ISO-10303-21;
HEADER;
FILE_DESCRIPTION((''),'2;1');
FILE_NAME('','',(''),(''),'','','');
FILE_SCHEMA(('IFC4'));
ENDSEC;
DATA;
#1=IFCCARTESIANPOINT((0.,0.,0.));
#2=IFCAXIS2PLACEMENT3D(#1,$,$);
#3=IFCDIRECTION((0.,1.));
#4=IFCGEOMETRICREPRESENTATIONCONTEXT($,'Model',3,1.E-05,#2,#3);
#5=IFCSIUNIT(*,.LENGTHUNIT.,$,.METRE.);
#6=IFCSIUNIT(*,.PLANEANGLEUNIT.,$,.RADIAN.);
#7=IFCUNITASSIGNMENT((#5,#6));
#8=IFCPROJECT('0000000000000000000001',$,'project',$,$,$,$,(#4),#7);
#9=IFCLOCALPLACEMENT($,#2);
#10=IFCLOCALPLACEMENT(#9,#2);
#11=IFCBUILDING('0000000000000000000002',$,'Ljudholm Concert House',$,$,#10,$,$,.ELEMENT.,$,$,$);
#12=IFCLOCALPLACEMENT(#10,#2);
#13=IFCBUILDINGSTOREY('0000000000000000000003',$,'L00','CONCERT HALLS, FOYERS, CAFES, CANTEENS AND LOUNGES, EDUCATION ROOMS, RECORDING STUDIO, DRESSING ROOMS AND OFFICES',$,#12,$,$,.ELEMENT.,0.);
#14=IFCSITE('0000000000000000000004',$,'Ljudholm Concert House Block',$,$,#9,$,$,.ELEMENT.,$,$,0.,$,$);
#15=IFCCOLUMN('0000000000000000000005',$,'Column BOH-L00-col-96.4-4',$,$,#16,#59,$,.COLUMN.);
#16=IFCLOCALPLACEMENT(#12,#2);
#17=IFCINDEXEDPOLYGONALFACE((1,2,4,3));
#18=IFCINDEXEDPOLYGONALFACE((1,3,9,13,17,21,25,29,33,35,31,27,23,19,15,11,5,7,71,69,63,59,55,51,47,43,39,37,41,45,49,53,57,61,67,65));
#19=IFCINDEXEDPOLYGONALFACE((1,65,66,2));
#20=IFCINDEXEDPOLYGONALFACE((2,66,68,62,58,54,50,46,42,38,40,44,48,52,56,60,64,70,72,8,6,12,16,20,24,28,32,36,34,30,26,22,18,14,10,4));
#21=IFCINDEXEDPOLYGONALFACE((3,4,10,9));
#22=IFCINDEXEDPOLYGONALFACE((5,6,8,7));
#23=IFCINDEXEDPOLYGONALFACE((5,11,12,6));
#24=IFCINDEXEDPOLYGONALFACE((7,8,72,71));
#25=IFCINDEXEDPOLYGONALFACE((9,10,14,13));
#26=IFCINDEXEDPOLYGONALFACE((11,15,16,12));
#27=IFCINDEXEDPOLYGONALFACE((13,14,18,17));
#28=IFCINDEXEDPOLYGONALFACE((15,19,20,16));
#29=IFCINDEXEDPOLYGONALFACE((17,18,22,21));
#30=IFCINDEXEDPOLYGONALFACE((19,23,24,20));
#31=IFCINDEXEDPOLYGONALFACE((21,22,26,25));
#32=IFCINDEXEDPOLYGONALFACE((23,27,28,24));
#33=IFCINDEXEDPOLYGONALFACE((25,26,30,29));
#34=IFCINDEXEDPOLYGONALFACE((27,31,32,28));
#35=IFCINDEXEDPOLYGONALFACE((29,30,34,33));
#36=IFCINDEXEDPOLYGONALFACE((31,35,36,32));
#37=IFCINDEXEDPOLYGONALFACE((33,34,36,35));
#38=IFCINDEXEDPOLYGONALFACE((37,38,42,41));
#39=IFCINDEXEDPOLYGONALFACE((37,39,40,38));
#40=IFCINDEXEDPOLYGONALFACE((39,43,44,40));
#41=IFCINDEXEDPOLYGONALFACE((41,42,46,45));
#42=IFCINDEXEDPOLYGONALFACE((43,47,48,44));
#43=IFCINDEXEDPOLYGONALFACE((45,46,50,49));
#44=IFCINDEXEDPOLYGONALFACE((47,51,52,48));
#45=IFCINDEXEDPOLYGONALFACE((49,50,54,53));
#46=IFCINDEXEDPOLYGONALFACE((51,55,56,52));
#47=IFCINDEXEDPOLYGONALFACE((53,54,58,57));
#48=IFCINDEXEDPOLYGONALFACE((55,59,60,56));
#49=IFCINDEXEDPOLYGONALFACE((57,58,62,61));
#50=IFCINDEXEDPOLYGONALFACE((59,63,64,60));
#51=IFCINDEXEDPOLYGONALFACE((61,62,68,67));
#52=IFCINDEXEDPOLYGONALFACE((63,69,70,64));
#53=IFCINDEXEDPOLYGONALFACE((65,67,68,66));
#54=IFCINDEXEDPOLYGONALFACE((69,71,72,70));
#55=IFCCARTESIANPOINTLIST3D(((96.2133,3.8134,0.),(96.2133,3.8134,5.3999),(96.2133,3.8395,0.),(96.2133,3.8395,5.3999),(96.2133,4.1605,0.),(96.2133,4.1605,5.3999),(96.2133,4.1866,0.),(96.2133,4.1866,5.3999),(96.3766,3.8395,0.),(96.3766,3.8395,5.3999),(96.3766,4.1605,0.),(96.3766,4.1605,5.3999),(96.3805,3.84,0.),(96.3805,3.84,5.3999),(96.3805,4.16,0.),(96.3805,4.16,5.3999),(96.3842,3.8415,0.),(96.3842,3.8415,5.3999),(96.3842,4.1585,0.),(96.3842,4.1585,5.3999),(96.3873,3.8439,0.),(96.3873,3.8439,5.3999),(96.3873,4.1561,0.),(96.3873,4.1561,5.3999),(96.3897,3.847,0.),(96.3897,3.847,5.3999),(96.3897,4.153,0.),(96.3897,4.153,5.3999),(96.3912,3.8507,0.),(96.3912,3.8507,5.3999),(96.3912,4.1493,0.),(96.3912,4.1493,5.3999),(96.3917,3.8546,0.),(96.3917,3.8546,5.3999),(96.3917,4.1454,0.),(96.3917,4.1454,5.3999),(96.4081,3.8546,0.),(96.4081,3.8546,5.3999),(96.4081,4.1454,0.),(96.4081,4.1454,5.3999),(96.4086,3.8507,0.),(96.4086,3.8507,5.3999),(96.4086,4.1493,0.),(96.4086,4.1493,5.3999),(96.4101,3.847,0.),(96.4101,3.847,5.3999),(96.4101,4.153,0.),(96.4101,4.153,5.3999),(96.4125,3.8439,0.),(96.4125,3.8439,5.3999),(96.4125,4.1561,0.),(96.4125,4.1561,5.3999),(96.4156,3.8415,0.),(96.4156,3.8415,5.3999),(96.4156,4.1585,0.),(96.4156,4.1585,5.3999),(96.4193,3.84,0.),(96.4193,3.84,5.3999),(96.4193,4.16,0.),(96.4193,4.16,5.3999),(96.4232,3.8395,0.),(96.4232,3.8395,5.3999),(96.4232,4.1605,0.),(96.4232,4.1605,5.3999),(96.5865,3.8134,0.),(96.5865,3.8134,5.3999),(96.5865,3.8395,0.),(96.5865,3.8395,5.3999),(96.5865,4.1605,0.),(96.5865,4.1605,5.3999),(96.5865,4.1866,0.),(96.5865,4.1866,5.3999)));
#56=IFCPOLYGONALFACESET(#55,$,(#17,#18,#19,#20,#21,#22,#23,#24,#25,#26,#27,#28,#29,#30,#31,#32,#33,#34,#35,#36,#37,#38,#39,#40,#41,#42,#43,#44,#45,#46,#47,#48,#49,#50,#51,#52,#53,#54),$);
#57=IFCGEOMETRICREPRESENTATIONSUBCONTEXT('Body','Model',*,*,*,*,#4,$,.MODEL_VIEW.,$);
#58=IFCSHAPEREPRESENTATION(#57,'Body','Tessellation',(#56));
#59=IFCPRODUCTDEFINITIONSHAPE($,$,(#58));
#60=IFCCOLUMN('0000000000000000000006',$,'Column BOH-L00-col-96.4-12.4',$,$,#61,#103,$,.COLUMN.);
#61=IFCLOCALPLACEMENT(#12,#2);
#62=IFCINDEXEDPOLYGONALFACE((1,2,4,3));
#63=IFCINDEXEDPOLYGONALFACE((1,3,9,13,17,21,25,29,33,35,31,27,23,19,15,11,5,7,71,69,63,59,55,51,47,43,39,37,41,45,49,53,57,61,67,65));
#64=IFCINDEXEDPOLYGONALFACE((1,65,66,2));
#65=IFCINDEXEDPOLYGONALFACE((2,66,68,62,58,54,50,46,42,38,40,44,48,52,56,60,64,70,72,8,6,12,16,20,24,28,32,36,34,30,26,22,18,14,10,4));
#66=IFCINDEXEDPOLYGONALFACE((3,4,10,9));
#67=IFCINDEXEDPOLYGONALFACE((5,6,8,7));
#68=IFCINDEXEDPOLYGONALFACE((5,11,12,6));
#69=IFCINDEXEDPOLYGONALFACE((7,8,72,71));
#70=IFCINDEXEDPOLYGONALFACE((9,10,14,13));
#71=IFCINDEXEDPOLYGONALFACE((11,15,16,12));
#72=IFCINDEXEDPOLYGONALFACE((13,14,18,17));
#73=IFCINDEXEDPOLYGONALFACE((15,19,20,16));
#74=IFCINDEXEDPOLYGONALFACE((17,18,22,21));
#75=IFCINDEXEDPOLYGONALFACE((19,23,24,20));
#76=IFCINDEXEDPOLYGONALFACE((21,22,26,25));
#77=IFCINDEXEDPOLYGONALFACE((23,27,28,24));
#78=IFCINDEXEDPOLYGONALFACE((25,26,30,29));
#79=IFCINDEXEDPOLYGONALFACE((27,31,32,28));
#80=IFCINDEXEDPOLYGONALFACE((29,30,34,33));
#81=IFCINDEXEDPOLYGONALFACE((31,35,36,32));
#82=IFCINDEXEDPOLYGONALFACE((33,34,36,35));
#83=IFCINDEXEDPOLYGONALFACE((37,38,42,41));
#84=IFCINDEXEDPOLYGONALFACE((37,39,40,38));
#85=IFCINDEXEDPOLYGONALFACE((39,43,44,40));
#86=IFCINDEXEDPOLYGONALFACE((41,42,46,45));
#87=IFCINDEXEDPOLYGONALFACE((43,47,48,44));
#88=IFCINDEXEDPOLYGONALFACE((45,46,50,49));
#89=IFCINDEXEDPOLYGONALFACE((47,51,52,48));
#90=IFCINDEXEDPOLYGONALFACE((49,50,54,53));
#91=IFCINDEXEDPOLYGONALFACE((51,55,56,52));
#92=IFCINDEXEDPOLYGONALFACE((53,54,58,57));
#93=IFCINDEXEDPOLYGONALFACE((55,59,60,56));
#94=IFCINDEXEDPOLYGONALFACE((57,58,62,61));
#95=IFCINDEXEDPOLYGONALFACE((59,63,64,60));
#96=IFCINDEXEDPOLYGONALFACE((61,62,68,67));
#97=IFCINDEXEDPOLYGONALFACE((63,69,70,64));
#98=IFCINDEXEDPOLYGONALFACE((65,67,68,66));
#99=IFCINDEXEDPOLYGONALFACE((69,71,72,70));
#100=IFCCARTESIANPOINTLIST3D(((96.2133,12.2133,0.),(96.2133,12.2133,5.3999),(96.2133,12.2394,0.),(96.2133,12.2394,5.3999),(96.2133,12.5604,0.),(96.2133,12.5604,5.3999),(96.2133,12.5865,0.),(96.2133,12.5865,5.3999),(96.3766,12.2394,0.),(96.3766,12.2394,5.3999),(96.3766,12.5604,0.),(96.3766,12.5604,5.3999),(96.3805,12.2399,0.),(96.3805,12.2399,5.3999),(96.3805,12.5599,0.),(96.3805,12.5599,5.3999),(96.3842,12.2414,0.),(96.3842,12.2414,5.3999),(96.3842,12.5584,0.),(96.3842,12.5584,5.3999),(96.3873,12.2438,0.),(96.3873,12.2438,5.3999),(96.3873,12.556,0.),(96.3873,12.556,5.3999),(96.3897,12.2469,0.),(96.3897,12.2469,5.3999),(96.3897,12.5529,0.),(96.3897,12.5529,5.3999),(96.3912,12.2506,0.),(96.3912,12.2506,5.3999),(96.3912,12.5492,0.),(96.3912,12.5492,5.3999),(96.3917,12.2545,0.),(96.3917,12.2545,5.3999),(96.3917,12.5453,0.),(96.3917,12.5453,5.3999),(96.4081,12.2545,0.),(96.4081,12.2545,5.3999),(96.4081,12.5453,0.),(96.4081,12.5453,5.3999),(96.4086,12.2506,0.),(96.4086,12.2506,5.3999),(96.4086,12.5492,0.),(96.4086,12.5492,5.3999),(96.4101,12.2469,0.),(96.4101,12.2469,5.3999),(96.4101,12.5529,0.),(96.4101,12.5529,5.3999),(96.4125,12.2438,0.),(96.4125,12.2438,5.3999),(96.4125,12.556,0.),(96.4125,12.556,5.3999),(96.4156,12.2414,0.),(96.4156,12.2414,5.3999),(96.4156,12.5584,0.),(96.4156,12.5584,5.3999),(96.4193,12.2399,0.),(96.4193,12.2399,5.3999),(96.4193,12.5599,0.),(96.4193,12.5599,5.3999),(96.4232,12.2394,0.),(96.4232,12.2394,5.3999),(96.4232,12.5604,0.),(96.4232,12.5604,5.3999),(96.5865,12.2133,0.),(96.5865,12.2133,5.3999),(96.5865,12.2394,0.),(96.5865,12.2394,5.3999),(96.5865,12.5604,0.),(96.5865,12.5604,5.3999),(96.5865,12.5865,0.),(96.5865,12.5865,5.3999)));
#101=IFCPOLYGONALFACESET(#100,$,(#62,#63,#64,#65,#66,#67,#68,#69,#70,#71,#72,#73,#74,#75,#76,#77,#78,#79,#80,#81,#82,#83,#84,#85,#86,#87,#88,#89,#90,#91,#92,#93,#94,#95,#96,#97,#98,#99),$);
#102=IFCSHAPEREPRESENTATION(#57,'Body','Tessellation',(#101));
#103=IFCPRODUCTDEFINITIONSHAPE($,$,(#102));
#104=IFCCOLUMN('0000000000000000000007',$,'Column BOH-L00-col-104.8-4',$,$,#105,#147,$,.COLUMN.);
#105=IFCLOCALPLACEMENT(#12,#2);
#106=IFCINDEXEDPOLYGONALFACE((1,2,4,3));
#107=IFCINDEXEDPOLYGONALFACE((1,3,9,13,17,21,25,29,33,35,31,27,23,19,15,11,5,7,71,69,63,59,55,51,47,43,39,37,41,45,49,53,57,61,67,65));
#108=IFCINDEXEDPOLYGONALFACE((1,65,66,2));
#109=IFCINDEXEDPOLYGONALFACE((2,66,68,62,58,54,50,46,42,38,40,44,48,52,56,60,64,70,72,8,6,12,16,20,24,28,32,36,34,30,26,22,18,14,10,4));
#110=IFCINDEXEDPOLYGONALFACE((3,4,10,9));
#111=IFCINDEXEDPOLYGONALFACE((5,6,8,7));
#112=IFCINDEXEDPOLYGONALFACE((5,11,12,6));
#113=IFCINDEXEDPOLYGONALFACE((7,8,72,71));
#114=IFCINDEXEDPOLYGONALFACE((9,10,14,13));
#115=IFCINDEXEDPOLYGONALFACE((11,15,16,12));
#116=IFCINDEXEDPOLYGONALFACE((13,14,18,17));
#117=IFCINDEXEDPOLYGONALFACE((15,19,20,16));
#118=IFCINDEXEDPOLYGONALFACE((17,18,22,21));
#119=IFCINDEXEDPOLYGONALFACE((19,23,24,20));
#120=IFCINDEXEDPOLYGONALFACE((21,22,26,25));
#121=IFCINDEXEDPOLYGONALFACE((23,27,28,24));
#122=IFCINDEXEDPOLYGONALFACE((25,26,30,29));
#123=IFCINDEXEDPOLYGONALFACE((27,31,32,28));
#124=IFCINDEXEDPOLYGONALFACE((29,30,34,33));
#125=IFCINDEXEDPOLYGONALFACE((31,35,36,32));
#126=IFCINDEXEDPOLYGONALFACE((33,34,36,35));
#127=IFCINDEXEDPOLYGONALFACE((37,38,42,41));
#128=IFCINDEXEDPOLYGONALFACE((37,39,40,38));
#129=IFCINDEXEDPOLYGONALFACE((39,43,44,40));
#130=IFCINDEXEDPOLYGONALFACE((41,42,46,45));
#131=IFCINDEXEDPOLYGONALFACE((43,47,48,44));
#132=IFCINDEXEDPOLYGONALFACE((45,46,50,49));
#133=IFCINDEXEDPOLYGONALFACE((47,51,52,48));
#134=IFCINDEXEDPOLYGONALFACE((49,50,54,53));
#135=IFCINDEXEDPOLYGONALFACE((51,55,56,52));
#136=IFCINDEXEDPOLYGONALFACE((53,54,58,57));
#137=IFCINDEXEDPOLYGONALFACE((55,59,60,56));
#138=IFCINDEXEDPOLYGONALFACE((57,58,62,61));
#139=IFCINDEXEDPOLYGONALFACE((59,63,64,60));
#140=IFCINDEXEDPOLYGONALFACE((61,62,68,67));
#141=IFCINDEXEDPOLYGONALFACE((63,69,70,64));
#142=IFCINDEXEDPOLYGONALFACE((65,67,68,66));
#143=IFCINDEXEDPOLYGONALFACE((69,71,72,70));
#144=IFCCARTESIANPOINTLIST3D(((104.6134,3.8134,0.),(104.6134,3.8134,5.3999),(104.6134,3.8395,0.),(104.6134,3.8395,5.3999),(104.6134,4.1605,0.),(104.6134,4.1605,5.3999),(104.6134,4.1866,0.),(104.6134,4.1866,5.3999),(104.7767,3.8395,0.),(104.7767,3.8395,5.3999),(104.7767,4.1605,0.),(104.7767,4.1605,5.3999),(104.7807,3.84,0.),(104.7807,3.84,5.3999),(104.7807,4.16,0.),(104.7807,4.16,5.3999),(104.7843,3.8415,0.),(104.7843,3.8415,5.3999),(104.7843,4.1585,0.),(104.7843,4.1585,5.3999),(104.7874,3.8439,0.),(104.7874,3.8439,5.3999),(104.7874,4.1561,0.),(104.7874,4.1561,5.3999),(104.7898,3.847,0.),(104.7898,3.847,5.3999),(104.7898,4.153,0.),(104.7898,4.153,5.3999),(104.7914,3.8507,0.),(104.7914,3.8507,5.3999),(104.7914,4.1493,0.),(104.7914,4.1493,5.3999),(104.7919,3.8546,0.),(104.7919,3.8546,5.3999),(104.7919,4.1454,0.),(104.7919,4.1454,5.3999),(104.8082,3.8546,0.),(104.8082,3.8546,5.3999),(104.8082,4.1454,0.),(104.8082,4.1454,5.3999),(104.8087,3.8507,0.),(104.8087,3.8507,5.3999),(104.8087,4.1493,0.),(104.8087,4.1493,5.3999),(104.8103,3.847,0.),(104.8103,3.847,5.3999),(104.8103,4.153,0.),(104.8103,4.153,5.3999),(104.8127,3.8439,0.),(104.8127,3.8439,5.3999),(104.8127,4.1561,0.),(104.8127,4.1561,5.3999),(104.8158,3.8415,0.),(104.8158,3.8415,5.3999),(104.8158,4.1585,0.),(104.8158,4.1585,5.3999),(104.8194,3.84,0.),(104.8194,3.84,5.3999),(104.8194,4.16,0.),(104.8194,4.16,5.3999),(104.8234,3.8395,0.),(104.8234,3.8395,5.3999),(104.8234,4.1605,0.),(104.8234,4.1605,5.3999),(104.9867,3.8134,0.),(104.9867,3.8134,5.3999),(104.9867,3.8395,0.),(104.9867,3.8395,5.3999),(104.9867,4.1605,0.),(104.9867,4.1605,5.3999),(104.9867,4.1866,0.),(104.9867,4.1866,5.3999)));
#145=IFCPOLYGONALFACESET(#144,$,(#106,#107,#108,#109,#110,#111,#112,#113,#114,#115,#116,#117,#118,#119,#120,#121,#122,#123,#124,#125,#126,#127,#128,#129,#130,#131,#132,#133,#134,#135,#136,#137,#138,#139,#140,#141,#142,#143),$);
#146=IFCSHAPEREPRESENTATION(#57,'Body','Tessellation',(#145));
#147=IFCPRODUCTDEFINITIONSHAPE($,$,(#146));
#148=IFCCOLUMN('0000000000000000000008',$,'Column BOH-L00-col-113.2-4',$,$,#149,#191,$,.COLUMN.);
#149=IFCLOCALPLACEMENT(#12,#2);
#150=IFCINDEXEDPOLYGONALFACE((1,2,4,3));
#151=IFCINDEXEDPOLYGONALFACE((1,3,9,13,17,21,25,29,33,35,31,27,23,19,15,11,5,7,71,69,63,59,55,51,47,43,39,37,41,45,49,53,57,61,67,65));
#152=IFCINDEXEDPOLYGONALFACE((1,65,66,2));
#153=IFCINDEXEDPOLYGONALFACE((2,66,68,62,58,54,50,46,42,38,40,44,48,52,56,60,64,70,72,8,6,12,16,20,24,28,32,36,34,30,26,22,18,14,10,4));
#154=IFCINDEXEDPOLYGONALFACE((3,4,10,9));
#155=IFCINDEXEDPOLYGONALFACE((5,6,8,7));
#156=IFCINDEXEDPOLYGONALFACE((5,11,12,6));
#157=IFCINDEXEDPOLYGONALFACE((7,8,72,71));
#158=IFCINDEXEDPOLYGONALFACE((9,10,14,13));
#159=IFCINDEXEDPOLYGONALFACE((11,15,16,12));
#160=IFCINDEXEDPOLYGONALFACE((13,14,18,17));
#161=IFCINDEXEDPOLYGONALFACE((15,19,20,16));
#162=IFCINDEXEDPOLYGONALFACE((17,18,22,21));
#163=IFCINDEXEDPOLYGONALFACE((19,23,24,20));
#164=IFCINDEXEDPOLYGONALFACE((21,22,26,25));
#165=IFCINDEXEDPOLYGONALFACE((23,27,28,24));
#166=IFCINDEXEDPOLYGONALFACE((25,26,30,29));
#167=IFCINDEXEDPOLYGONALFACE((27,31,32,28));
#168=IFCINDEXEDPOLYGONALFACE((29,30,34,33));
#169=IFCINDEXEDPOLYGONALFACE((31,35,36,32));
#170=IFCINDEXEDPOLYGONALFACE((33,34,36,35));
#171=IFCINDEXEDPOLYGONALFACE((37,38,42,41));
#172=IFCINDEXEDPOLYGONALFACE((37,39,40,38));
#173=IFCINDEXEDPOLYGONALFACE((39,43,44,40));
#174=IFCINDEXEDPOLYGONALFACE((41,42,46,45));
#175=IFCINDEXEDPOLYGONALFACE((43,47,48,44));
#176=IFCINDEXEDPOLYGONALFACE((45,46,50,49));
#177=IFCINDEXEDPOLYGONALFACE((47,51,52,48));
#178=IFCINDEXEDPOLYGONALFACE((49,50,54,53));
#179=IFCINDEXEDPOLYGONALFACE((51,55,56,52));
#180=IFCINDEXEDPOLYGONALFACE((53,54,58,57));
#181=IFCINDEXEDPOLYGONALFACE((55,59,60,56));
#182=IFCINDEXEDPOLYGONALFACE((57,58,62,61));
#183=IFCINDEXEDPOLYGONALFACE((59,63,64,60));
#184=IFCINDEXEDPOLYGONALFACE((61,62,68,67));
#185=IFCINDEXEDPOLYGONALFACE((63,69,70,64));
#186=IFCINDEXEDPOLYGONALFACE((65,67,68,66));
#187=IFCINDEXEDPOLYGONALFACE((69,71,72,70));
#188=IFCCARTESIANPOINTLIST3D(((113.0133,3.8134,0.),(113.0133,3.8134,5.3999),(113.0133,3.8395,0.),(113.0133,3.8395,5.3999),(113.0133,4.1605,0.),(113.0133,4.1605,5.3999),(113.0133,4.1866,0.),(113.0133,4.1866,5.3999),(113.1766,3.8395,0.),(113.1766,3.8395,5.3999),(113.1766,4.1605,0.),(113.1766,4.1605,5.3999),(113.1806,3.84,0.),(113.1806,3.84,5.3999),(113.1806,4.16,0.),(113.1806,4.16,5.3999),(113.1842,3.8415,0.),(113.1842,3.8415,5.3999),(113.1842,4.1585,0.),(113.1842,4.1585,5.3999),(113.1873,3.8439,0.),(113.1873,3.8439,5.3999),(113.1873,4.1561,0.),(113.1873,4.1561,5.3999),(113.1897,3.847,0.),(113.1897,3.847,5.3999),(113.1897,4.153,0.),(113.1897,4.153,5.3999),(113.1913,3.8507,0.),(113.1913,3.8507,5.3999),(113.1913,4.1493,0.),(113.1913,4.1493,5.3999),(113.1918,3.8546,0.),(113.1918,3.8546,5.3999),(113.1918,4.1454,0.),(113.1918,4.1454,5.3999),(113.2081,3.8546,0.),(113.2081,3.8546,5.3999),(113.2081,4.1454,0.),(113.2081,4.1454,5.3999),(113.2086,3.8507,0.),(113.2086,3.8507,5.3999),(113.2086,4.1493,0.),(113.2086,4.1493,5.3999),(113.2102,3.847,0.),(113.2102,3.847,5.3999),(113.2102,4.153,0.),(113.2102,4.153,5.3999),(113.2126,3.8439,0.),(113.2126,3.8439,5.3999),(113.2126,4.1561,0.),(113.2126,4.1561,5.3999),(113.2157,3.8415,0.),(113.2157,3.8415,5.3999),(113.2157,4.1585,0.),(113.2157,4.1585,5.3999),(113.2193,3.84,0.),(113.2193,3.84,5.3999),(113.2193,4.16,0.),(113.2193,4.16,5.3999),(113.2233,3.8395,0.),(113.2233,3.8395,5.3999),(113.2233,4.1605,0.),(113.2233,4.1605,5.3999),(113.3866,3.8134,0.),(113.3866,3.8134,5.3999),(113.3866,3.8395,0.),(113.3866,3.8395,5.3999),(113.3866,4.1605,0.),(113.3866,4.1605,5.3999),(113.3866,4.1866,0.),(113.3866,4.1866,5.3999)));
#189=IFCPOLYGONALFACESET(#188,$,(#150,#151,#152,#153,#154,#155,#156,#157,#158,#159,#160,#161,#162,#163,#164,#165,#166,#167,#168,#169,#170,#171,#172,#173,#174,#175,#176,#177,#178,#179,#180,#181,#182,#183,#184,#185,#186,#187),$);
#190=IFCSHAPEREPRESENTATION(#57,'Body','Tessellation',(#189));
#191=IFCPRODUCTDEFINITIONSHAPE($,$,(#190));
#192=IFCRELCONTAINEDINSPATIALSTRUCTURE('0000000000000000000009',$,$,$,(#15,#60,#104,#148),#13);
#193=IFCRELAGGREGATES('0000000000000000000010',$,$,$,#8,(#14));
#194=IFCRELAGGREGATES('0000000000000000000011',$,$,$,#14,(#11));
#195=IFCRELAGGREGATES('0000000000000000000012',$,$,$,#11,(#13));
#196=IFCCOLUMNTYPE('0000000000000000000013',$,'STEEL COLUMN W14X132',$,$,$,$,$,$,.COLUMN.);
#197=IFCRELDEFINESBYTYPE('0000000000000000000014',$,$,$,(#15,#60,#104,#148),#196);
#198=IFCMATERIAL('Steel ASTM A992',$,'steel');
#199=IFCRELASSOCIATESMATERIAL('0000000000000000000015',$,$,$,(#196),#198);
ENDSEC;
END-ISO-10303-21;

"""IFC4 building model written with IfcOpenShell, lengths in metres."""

from ifc_helpers import new_model, si_unit, direction, frame, origin, origin_2d, place, context, subcontext, project, spatial, i_section, extrude, material, material_profile, profile_set, type_object, element, save


model = new_model("IFC4")

# Units and contexts
model_context = context("Model", 3, precision=1e-05, world=origin(), true_north=direction((0.0, 1.0)))
body_context = subcontext(model_context, "Body", "Model", "MODEL_VIEW")
ifc_project = project(units=[si_unit("LENGTHUNIT", "METRE"), si_unit("PLANEANGLEUNIT", "RADIAN")], contexts=[model_context])

# Site, building, storey
site_placement = place(None, origin())
site = spatial("IfcSite", under=ifc_project, at=site_placement, Name="Ljudholm Concert House Block", CompositionType="ELEMENT", RefElevation=0.0)
building_placement = place(site_placement, origin())
building = spatial("IfcBuilding", under=site, at=building_placement, Name="Ljudholm Concert House", CompositionType="ELEMENT")
storey_placement = place(building_placement, origin())
storey = spatial("IfcBuildingStorey", under=building, at=storey_placement, Name="L00", Description="CONCERT HALLS, FOYERS, CAFES, CANTEENS AND LOUNGES, EDUCATION ROOMS, RECORDING STUDIO, DRESSING ROOMS AND OFFICES", CompositionType="ELEMENT", Elevation=0.0)

# Columns
ifc_material_1 = material(Name="Steel ASTM A992", Category="steel")
ifc_material_profile_1 = material_profile(ifc_material_1, i_section(OverallWidth=0.3733, OverallDepth=0.3733, WebThickness=0.0164, FlangeThickness=0.0261, FilletRadius=0.0151, at=origin_2d()), Name="W14X132")
ifc_profile_set_1 = profile_set([ifc_material_profile_1], Name="Steel ASTM A992")
column_type = type_object("IfcColumnType", Name="STEEL COLUMN W14X132", PredefinedType="COLUMN", material=ifc_profile_set_1)
for number, where, z_axis, x_axis, name in (
    (1, (96.3999, 4.0, 0.0), (0.0, 0.0, 1.0), (1.0, 0.0, 0.0), "Column BOH-L00-col-96.4-4"),
    (2, (96.3999, 12.3999, 0.0), (0.0, 0.0, 1.0), (1.0, 0.0, 0.0), "Column BOH-L00-col-96.4-12.4"),
    (3, (104.8, 4.0, 0.0), (0.0, 0.0, 1.0), (1.0, 0.0, 0.0), "Column BOH-L00-col-104.8-4"),
    (4, (113.2, 4.0, 0.0), (0.0, 0.0, 1.0), (1.0, 0.0, 0.0), "Column BOH-L00-col-113.2-4"),
):
    element("IfcColumn", number, at=place(storey_placement, frame(where, z_axis=z_axis, x_axis=x_axis)), inside=storey, type_object=column_type, Name=name, PredefinedType="COLUMN", context=body_context, shape_type="SweptSolid", body=[
        extrude(i_section(OverallWidth=0.3733, OverallDepth=0.3733, WebThickness=0.0164, FlangeThickness=0.0261, FilletRadius=0.0151, at=origin_2d()), origin(), (0.0, 0.0, 1.0), 5.3999),
    ])

save(model, "model.ifc")
